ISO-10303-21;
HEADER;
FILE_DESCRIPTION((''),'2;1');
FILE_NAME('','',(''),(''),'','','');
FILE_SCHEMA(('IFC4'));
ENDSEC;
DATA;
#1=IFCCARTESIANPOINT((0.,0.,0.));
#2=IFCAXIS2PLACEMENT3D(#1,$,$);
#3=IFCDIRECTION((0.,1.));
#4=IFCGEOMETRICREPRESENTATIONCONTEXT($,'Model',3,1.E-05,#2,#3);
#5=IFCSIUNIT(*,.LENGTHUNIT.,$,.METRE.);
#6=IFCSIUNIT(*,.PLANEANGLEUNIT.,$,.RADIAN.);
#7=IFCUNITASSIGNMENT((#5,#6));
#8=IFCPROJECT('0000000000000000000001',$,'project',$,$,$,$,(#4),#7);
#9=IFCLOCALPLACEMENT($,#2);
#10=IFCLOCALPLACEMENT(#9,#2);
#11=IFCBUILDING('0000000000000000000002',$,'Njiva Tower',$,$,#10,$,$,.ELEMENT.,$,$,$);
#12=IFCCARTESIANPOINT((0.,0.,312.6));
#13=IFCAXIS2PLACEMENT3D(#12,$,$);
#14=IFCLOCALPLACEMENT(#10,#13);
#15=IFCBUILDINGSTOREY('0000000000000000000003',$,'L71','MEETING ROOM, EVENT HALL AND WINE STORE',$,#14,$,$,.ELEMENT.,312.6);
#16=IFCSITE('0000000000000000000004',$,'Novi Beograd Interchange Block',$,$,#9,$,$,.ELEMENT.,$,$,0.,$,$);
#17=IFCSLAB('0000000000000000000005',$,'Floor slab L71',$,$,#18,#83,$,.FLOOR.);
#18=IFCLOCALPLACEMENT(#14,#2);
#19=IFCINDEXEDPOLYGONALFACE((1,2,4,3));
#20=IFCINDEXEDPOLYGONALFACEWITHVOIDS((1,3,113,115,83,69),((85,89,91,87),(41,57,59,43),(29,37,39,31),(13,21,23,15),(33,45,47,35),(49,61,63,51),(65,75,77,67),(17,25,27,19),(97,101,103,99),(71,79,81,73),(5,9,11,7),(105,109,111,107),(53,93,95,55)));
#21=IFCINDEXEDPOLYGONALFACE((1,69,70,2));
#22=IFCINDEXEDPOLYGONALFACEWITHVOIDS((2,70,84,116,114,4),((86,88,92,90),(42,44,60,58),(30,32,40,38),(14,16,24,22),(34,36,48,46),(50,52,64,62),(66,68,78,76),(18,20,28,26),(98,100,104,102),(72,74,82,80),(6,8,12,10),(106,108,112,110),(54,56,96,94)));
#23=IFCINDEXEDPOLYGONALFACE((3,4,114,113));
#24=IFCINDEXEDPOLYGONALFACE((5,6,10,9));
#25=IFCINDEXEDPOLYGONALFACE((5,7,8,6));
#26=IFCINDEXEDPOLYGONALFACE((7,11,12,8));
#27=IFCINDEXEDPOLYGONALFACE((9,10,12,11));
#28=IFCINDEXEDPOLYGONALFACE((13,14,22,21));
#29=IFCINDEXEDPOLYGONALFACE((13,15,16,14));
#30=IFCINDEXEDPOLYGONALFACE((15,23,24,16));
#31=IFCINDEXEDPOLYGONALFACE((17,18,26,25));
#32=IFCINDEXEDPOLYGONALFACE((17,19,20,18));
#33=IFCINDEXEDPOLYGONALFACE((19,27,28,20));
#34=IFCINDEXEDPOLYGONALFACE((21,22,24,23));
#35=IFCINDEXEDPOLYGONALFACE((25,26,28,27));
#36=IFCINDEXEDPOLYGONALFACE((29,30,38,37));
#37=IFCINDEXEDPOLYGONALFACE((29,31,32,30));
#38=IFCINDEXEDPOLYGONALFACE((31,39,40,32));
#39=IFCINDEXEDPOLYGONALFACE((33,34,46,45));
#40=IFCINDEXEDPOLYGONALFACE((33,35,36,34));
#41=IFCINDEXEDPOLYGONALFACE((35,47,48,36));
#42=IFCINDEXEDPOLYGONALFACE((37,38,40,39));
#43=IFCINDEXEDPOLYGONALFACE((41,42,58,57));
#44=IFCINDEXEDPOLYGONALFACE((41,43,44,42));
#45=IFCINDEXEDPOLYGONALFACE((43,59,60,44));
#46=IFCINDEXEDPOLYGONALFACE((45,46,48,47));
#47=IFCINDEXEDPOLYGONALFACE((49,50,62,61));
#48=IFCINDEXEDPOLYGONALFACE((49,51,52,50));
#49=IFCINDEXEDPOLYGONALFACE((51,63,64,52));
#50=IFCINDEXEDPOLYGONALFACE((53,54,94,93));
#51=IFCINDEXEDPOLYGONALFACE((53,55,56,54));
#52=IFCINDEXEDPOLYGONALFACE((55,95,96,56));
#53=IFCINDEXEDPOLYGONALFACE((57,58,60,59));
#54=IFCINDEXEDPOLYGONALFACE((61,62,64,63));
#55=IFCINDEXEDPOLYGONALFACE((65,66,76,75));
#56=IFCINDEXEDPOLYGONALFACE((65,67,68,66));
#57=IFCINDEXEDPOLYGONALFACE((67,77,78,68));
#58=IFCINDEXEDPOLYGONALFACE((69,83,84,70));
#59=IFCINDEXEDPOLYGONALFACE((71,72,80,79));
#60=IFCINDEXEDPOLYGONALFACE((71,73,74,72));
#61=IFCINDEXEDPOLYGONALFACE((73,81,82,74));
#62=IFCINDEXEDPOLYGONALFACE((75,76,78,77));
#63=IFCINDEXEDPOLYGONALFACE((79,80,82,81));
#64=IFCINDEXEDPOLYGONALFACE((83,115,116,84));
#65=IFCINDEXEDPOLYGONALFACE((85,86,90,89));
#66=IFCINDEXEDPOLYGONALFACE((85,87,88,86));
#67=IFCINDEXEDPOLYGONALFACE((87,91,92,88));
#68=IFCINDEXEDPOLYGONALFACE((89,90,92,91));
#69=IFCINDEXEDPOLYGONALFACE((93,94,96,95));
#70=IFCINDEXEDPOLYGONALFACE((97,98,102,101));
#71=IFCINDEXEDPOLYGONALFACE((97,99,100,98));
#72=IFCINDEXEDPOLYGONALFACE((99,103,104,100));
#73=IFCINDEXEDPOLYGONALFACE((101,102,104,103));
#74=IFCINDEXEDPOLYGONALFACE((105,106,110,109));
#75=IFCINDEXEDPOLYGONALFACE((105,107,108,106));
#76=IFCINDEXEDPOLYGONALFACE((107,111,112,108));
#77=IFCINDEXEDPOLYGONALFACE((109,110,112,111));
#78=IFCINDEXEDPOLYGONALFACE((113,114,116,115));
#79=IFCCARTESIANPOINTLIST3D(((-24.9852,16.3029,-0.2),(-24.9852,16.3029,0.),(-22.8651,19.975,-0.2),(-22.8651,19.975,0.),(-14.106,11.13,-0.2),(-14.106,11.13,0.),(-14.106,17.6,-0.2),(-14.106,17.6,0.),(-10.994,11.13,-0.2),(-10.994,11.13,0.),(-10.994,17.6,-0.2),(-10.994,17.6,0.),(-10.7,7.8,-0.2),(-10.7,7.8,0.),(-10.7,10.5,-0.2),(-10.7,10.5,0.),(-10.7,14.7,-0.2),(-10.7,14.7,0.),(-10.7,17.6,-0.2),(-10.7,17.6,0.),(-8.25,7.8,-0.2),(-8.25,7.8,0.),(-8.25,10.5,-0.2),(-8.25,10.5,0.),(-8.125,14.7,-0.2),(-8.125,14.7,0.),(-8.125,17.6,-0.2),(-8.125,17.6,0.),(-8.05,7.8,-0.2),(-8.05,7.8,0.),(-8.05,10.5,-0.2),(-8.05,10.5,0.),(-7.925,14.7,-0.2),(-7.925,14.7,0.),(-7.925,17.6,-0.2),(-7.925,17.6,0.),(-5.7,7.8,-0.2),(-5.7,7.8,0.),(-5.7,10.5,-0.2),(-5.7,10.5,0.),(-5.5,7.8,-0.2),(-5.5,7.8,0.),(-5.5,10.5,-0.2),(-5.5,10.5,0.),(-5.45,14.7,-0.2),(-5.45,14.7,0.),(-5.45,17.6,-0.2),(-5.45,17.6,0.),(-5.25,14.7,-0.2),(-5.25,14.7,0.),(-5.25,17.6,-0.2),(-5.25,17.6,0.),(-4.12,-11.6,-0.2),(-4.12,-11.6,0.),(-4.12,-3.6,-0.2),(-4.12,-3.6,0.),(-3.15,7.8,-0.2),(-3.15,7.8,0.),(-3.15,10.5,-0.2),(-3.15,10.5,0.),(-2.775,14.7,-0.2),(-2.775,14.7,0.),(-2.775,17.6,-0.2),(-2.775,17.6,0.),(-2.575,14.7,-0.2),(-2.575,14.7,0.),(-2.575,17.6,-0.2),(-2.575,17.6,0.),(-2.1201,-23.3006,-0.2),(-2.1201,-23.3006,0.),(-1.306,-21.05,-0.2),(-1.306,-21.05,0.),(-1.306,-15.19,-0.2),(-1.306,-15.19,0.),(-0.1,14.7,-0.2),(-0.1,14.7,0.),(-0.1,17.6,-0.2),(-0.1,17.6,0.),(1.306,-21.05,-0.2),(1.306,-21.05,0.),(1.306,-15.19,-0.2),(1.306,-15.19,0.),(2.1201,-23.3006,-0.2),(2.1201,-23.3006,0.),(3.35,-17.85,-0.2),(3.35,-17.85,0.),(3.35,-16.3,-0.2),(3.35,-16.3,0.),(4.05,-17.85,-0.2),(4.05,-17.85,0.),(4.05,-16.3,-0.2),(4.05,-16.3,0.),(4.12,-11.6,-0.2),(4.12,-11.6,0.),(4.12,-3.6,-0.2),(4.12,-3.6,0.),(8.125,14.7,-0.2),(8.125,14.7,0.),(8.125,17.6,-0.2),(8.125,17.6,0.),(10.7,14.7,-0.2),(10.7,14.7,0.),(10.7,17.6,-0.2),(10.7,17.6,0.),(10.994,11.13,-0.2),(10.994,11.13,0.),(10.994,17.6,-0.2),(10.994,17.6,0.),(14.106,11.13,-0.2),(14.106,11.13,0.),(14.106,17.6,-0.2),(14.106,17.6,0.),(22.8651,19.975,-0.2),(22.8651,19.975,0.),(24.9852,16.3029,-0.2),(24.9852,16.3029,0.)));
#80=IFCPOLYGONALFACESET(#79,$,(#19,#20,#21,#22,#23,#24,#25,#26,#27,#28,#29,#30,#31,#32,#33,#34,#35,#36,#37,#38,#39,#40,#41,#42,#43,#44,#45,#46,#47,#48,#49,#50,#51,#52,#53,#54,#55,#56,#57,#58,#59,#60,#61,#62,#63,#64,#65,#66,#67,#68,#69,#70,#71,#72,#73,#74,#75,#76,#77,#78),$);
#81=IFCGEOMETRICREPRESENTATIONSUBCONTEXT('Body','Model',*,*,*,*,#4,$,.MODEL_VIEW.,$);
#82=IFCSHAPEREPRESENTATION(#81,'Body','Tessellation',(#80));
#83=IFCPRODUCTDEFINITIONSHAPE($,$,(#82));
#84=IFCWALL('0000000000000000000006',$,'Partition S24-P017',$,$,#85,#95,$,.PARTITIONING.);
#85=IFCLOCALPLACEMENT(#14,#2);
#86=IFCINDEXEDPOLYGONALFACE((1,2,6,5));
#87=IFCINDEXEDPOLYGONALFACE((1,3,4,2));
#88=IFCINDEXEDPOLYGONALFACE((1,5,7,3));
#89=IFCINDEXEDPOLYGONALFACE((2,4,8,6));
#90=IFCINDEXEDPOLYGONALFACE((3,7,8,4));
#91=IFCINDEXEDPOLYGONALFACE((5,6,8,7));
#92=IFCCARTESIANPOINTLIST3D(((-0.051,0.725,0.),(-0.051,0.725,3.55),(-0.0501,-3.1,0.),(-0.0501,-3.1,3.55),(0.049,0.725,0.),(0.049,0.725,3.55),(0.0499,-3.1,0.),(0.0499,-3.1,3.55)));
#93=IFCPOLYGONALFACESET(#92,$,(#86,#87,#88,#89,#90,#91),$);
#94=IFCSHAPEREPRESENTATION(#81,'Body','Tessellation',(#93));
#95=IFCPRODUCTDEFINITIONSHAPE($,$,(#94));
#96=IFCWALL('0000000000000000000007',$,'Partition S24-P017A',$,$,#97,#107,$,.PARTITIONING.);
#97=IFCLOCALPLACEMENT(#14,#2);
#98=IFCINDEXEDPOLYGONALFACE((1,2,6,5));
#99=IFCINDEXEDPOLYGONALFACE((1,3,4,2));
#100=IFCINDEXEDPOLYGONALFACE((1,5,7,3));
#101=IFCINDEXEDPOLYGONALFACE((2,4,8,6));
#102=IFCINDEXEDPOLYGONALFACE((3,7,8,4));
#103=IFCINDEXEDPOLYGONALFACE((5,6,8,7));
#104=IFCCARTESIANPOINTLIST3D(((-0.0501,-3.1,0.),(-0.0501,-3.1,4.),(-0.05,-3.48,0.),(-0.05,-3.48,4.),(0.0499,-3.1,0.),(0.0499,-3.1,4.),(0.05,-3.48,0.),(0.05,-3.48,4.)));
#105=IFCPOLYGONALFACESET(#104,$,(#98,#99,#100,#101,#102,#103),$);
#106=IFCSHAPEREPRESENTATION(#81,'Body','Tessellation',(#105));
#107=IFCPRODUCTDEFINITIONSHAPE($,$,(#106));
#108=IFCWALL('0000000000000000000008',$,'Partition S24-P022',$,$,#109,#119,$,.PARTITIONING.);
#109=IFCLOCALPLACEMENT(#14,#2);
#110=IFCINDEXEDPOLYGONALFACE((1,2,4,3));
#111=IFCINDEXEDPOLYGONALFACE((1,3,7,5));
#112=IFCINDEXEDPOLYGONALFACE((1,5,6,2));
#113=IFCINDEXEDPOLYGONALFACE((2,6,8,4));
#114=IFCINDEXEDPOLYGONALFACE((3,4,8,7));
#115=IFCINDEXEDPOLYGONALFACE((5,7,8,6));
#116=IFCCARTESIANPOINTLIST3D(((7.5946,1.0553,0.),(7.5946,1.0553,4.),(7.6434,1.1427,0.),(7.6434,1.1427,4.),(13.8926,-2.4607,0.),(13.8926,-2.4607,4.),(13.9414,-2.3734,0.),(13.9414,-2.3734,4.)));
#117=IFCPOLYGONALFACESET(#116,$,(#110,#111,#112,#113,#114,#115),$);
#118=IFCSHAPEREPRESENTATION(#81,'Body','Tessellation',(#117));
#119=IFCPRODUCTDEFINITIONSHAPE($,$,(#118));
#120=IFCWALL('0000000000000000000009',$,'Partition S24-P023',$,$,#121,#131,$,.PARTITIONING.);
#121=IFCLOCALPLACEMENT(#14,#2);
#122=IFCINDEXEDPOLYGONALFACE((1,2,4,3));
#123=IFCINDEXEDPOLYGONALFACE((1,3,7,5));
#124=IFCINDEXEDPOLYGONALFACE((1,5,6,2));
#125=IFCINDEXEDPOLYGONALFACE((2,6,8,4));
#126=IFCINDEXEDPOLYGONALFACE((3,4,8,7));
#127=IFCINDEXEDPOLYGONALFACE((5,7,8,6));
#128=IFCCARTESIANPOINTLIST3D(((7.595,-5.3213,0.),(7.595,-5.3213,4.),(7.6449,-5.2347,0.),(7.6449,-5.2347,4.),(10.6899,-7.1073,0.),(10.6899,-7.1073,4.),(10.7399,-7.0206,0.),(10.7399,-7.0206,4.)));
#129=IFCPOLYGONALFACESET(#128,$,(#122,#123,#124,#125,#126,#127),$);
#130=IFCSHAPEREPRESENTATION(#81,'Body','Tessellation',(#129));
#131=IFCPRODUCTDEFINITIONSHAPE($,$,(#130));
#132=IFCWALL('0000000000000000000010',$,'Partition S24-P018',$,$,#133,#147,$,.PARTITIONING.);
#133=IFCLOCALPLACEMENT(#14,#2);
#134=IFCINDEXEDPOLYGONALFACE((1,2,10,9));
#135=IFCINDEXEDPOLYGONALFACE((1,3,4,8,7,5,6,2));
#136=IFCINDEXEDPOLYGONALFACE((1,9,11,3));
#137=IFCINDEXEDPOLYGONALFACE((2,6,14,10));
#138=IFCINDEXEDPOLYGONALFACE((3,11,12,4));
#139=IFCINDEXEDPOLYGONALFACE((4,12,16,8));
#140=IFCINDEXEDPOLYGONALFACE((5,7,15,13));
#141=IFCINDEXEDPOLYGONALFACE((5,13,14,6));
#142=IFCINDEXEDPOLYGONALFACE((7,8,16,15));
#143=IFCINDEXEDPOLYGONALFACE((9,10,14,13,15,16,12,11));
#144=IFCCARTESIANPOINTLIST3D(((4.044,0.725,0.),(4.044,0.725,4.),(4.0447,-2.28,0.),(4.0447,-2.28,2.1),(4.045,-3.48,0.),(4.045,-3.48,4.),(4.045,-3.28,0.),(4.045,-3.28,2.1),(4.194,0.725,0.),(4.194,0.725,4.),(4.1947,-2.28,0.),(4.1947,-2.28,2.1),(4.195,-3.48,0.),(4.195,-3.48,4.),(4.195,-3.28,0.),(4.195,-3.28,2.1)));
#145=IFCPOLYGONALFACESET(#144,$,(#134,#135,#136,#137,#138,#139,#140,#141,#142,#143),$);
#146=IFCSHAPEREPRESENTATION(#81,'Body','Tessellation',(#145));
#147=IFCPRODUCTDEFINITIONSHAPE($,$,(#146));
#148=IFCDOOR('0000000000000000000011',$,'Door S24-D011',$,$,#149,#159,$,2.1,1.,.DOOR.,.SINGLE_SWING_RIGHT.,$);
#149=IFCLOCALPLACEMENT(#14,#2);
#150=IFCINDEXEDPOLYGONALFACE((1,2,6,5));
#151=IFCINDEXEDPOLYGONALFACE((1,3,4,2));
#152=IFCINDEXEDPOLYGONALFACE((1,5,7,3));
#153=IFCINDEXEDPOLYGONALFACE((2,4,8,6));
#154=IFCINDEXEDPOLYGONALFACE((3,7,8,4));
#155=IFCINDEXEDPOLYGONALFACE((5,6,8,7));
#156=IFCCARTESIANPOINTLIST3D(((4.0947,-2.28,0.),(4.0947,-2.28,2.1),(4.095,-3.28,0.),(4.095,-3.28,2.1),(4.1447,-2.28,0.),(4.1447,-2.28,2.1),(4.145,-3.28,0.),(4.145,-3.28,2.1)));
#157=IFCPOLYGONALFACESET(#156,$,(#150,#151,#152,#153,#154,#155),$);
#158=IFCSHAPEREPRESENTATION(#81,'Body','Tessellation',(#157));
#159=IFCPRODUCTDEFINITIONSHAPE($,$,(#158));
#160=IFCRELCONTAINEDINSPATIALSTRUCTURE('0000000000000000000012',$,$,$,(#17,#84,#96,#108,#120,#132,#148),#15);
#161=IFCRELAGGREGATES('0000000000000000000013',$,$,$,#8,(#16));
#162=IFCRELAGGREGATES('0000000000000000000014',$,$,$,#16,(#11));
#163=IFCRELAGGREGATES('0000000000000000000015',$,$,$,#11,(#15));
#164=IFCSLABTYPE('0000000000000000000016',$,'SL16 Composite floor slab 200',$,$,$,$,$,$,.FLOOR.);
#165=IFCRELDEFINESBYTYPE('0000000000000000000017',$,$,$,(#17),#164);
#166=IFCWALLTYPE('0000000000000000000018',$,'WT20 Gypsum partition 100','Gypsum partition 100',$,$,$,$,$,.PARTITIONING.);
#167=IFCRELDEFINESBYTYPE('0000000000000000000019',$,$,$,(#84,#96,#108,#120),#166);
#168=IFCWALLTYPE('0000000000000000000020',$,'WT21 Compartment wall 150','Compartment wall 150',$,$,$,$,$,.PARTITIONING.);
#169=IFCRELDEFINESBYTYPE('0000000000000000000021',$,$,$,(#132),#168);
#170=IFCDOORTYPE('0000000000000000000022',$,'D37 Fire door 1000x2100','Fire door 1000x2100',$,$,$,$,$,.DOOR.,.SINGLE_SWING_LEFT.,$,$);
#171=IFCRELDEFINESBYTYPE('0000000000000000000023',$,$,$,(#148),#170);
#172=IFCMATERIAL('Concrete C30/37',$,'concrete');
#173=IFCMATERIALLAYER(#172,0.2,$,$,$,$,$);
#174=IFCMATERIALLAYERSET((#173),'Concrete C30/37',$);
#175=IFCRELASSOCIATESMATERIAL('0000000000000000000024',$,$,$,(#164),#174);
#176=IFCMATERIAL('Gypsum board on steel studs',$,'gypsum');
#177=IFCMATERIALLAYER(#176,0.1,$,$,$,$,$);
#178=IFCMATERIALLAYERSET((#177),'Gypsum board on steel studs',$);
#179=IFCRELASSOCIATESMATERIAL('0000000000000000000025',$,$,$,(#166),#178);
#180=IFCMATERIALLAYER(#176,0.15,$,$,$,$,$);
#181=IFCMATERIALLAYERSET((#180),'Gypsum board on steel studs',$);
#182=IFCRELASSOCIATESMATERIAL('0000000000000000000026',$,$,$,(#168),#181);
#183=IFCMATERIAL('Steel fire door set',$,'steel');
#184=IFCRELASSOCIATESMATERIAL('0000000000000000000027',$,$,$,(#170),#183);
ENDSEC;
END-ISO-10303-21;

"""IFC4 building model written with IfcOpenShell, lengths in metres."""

from ifc_helpers import new_model, si_unit, direction, frame, frame_2d, origin, place, context, subcontext, project, spatial, polyline, rectangle, outline, extrude, material, layer, layer_set, type_object, element, fill, save


model = new_model("IFC4")

# Units and contexts
model_context = context("Model", 3, precision=1e-05, world=origin(), true_north=direction((0.0, 1.0)))
body_context = subcontext(model_context, "Body", "Model", "MODEL_VIEW")
ifc_project = project(units=[si_unit("LENGTHUNIT", "METRE"), si_unit("PLANEANGLEUNIT", "RADIAN")], contexts=[model_context])

# Site, building, storey
site_placement = place(None, origin())
site = spatial("IfcSite", under=ifc_project, at=site_placement, Name="Novi Beograd Interchange Block", CompositionType="ELEMENT", RefElevation=0.0)
building_placement = place(site_placement, origin())
building = spatial("IfcBuilding", under=site, at=building_placement, Name="Njiva Tower", CompositionType="ELEMENT")
storey_placement = place(building_placement, frame((0.0, 0.0, 312.6)))
storey = spatial("IfcBuildingStorey", under=building, at=storey_placement, Name="L71", Description="MEETING ROOM, EVENT HALL AND WINE STORE", CompositionType="ELEMENT", Elevation=312.6)

# Slab
ifc_material_1 = material(Name="Concrete C30/37", Category="concrete")
ifc_layer_1 = layer(ifc_material_1, 0.2)
ifc_layer_set_1 = layer_set([ifc_layer_1], Name="Concrete C30/37")
slab_type_1 = type_object("IfcSlabType", Name="SL16 Composite floor slab 200", PredefinedType="FLOOR", material=ifc_layer_set_1)
slab_1_placement = place(storey_placement, frame((0.0, 0.0, -0.2)))
element("IfcSlab", 1, at=slab_1_placement, inside=storey, type_object=slab_type_1, Name="Floor slab L71", PredefinedType="FLOOR", context=body_context, shape_type="SweptSolid", body=[
    extrude(outline(polyline([(24.9852, 16.3029), (2.1201, -23.3006), (-2.1201, -23.3006), (-24.9852, 16.3029), (-22.8651, 19.975), (22.8651, 19.975), (24.9852, 16.3029)]), holes=[polyline([(10.994, 11.13), (14.106, 11.13), (14.106, 17.6), (10.994, 17.6), (10.994, 11.13)]), polyline([(8.125, 14.7), (10.7, 14.7), (10.7, 17.6), (8.125, 17.6), (8.125, 14.7)]), polyline([(4.12, -11.6), (4.12, -3.6), (-4.12, -3.6), (-4.12, -11.6), (4.12, -11.6)]), polyline([(3.35, -17.85), (4.05, -17.85), (4.05, -16.3), (3.35, -16.3), (3.35, -17.85)]), polyline([(-1.306, -21.05), (1.306, -21.05), (1.306, -15.19), (-1.306, -15.19), (-1.306, -21.05)]), polyline([(-2.575, 14.7), (-0.1, 14.7), (-0.1, 17.6), (-2.575, 17.6), (-2.575, 14.7)]), polyline([(-2.775, 14.7), (-2.775, 17.6), (-5.25, 17.6), (-5.25, 14.7), (-2.775, 14.7)]), polyline([(-5.5, 7.8), (-3.15, 7.8), (-3.15, 10.5), (-5.5, 10.5), (-5.5, 7.8)]), polyline([(-7.925, 14.7), (-5.45, 14.7), (-5.45, 17.6), (-7.925, 17.6), (-7.925, 14.7)]), polyline([(-8.05, 7.8), (-5.7, 7.8), (-5.7, 10.5), (-8.05, 10.5), (-8.05, 7.8)]), polyline([(-10.7, 14.7), (-8.125, 14.7), (-8.125, 17.6), (-10.7, 17.6), (-10.7, 14.7)]), polyline([(-8.25, 7.8), (-8.25, 10.5), (-10.7, 10.5), (-10.7, 7.8), (-8.25, 7.8)]), polyline([(-10.994, 11.13), (-10.994, 17.6), (-14.106, 17.6), (-14.106, 11.13), (-10.994, 11.13)])]), origin(), (0.0, 0.0, 1.0), 0.2),
])

# Walls
ifc_material_2 = material(Name="Gypsum board on steel studs", Category="gypsum")
ifc_layer_2 = layer(ifc_material_2, 0.1)
ifc_layer_set_2 = layer_set([ifc_layer_2], Name="Gypsum board on steel studs")
wall_type_1 = type_object("IfcWallType", Name="WT20 Gypsum partition 100", Description="Gypsum partition 100", PredefinedType="PARTITIONING", material=ifc_layer_set_2)
wall_1_placement = place(storey_placement, frame((-0.001, 0.725, 0.0), z_axis=(0.0, 0.0, 1.0), x_axis=(0.000235, -1.0, 0.0)))
element("IfcWall", 2, at=wall_1_placement, inside=storey, type_object=wall_type_1, Name="Partition S24-P017", PredefinedType="PARTITIONING", context=body_context, shape_type="SweptSolid", body=[
    extrude(rectangle(XDim=3.825, YDim=0.1, at=frame_2d((1.9125, 0.0))), origin(), (0.0, 0.0, 1.0), 3.55),
])
wall_2_placement = place(storey_placement, frame((-0.0001, -3.1, 0.0), z_axis=(0.0, 0.0, 1.0), x_axis=(0.000263, -1.0, 0.0)))
element("IfcWall", 3, at=wall_2_placement, inside=storey, type_object=wall_type_1, Name="Partition S24-P017A", PredefinedType="PARTITIONING", context=body_context, shape_type="SweptSolid", body=[
    extrude(rectangle(XDim=0.38, YDim=0.1, at=frame_2d((0.19, 0.0))), origin(), (0.0, 0.0, 1.0), 4.0),
])
wall_3_placement = place(storey_placement, frame((7.619, 1.099, 0.0), z_axis=(0.0, 0.0, 1.0), x_axis=(0.873148, -0.487455, 0.0)))
element("IfcWall", 4, at=wall_3_placement, inside=storey, type_object=wall_type_1, Name="Partition S24-P022", PredefinedType="PARTITIONING", context=body_context, shape_type="SweptSolid", body=[
    extrude(rectangle(XDim=7.213, YDim=0.1, at=frame_2d((3.6065, 0.0))), origin(), (0.0, 0.0, 1.0), 4.0),
])
wall_4_placement = place(storey_placement, frame((7.62, -5.278, 0.0), z_axis=(0.0, 0.0, 1.0), x_axis=(0.866134, -0.499811, 0.0)))
element("IfcWall", 5, at=wall_4_placement, inside=storey, type_object=wall_type_1, Name="Partition S24-P023", PredefinedType="PARTITIONING", context=body_context, shape_type="SweptSolid", body=[
    extrude(rectangle(XDim=3.5733, YDim=0.1, at=frame_2d((1.7866, 0.0))), origin(), (0.0, 0.0, 1.0), 4.0),
])

# Wall, opening, door
ifc_layer_3 = layer(ifc_material_2, 0.15)
ifc_layer_set_3 = layer_set([ifc_layer_3], Name="Gypsum board on steel studs")
wall_type_2 = type_object("IfcWallType", Name="WT21 Compartment wall 150", Description="Compartment wall 150", PredefinedType="PARTITIONING", material=ifc_layer_set_3)
wall_5_placement = place(storey_placement, frame((4.119, 0.725, 0.0), z_axis=(0.0, 0.0, 1.0), x_axis=(0.000238, -1.0, 0.0)))
wall_5 = element("IfcWall", 6, at=wall_5_placement, inside=storey, type_object=wall_type_2, Name="Partition S24-P018", PredefinedType="PARTITIONING", context=body_context, shape_type="SweptSolid", body=[
    extrude(rectangle(XDim=4.205, YDim=0.15, at=frame_2d((2.1025, 0.0))), origin(), (0.0, 0.0, 1.0), 4.0),
])
opening_1_placement = place(wall_5_placement, frame((3.005, 0.0, 0.0)))
opening_1 = element("IfcOpeningElement", 7, at=opening_1_placement, cuts=wall_5, PredefinedType="OPENING", context=body_context, shape_type="SweptSolid", body=[
    extrude(rectangle(XDim=1.0, YDim=2.1, at=frame_2d((0.5, 1.05))), frame((0.0, 0.085, 0.0), z_axis=(0.0, -1.0, 0.0), x_axis=(1.0, 0.0, 0.0)), (0.0, 0.0, 1.0), 0.17),
])
ifc_material_3 = material(Name="Steel fire door set", Category="steel")
door_type = type_object("IfcDoorType", Name="D37 Fire door 1000x2100", Description="Fire door 1000x2100", OperationType="SINGLE_SWING_LEFT", PredefinedType="DOOR", material=ifc_material_3)
door_1_placement = place(opening_1_placement, origin())
door_1 = element("IfcDoor", 8, at=door_1_placement, inside=storey, type_object=door_type, Name="Door S24-D011", OperationType="SINGLE_SWING_RIGHT", OverallHeight=2.1, OverallWidth=1.0, PredefinedType="DOOR", context=body_context, shape_type="SweptSolid", body=[
    extrude(rectangle(XDim=1.0, YDim=2.1, at=frame_2d((0.5, 1.05))), frame((0.0, 0.025, 0.0), z_axis=(0.0, -1.0, 0.0), x_axis=(1.0, 0.0, 0.0)), (0.0, 0.0, 1.0), 0.05),
])
fill(opening_1, door_1)

save(model, "model.ifc")
